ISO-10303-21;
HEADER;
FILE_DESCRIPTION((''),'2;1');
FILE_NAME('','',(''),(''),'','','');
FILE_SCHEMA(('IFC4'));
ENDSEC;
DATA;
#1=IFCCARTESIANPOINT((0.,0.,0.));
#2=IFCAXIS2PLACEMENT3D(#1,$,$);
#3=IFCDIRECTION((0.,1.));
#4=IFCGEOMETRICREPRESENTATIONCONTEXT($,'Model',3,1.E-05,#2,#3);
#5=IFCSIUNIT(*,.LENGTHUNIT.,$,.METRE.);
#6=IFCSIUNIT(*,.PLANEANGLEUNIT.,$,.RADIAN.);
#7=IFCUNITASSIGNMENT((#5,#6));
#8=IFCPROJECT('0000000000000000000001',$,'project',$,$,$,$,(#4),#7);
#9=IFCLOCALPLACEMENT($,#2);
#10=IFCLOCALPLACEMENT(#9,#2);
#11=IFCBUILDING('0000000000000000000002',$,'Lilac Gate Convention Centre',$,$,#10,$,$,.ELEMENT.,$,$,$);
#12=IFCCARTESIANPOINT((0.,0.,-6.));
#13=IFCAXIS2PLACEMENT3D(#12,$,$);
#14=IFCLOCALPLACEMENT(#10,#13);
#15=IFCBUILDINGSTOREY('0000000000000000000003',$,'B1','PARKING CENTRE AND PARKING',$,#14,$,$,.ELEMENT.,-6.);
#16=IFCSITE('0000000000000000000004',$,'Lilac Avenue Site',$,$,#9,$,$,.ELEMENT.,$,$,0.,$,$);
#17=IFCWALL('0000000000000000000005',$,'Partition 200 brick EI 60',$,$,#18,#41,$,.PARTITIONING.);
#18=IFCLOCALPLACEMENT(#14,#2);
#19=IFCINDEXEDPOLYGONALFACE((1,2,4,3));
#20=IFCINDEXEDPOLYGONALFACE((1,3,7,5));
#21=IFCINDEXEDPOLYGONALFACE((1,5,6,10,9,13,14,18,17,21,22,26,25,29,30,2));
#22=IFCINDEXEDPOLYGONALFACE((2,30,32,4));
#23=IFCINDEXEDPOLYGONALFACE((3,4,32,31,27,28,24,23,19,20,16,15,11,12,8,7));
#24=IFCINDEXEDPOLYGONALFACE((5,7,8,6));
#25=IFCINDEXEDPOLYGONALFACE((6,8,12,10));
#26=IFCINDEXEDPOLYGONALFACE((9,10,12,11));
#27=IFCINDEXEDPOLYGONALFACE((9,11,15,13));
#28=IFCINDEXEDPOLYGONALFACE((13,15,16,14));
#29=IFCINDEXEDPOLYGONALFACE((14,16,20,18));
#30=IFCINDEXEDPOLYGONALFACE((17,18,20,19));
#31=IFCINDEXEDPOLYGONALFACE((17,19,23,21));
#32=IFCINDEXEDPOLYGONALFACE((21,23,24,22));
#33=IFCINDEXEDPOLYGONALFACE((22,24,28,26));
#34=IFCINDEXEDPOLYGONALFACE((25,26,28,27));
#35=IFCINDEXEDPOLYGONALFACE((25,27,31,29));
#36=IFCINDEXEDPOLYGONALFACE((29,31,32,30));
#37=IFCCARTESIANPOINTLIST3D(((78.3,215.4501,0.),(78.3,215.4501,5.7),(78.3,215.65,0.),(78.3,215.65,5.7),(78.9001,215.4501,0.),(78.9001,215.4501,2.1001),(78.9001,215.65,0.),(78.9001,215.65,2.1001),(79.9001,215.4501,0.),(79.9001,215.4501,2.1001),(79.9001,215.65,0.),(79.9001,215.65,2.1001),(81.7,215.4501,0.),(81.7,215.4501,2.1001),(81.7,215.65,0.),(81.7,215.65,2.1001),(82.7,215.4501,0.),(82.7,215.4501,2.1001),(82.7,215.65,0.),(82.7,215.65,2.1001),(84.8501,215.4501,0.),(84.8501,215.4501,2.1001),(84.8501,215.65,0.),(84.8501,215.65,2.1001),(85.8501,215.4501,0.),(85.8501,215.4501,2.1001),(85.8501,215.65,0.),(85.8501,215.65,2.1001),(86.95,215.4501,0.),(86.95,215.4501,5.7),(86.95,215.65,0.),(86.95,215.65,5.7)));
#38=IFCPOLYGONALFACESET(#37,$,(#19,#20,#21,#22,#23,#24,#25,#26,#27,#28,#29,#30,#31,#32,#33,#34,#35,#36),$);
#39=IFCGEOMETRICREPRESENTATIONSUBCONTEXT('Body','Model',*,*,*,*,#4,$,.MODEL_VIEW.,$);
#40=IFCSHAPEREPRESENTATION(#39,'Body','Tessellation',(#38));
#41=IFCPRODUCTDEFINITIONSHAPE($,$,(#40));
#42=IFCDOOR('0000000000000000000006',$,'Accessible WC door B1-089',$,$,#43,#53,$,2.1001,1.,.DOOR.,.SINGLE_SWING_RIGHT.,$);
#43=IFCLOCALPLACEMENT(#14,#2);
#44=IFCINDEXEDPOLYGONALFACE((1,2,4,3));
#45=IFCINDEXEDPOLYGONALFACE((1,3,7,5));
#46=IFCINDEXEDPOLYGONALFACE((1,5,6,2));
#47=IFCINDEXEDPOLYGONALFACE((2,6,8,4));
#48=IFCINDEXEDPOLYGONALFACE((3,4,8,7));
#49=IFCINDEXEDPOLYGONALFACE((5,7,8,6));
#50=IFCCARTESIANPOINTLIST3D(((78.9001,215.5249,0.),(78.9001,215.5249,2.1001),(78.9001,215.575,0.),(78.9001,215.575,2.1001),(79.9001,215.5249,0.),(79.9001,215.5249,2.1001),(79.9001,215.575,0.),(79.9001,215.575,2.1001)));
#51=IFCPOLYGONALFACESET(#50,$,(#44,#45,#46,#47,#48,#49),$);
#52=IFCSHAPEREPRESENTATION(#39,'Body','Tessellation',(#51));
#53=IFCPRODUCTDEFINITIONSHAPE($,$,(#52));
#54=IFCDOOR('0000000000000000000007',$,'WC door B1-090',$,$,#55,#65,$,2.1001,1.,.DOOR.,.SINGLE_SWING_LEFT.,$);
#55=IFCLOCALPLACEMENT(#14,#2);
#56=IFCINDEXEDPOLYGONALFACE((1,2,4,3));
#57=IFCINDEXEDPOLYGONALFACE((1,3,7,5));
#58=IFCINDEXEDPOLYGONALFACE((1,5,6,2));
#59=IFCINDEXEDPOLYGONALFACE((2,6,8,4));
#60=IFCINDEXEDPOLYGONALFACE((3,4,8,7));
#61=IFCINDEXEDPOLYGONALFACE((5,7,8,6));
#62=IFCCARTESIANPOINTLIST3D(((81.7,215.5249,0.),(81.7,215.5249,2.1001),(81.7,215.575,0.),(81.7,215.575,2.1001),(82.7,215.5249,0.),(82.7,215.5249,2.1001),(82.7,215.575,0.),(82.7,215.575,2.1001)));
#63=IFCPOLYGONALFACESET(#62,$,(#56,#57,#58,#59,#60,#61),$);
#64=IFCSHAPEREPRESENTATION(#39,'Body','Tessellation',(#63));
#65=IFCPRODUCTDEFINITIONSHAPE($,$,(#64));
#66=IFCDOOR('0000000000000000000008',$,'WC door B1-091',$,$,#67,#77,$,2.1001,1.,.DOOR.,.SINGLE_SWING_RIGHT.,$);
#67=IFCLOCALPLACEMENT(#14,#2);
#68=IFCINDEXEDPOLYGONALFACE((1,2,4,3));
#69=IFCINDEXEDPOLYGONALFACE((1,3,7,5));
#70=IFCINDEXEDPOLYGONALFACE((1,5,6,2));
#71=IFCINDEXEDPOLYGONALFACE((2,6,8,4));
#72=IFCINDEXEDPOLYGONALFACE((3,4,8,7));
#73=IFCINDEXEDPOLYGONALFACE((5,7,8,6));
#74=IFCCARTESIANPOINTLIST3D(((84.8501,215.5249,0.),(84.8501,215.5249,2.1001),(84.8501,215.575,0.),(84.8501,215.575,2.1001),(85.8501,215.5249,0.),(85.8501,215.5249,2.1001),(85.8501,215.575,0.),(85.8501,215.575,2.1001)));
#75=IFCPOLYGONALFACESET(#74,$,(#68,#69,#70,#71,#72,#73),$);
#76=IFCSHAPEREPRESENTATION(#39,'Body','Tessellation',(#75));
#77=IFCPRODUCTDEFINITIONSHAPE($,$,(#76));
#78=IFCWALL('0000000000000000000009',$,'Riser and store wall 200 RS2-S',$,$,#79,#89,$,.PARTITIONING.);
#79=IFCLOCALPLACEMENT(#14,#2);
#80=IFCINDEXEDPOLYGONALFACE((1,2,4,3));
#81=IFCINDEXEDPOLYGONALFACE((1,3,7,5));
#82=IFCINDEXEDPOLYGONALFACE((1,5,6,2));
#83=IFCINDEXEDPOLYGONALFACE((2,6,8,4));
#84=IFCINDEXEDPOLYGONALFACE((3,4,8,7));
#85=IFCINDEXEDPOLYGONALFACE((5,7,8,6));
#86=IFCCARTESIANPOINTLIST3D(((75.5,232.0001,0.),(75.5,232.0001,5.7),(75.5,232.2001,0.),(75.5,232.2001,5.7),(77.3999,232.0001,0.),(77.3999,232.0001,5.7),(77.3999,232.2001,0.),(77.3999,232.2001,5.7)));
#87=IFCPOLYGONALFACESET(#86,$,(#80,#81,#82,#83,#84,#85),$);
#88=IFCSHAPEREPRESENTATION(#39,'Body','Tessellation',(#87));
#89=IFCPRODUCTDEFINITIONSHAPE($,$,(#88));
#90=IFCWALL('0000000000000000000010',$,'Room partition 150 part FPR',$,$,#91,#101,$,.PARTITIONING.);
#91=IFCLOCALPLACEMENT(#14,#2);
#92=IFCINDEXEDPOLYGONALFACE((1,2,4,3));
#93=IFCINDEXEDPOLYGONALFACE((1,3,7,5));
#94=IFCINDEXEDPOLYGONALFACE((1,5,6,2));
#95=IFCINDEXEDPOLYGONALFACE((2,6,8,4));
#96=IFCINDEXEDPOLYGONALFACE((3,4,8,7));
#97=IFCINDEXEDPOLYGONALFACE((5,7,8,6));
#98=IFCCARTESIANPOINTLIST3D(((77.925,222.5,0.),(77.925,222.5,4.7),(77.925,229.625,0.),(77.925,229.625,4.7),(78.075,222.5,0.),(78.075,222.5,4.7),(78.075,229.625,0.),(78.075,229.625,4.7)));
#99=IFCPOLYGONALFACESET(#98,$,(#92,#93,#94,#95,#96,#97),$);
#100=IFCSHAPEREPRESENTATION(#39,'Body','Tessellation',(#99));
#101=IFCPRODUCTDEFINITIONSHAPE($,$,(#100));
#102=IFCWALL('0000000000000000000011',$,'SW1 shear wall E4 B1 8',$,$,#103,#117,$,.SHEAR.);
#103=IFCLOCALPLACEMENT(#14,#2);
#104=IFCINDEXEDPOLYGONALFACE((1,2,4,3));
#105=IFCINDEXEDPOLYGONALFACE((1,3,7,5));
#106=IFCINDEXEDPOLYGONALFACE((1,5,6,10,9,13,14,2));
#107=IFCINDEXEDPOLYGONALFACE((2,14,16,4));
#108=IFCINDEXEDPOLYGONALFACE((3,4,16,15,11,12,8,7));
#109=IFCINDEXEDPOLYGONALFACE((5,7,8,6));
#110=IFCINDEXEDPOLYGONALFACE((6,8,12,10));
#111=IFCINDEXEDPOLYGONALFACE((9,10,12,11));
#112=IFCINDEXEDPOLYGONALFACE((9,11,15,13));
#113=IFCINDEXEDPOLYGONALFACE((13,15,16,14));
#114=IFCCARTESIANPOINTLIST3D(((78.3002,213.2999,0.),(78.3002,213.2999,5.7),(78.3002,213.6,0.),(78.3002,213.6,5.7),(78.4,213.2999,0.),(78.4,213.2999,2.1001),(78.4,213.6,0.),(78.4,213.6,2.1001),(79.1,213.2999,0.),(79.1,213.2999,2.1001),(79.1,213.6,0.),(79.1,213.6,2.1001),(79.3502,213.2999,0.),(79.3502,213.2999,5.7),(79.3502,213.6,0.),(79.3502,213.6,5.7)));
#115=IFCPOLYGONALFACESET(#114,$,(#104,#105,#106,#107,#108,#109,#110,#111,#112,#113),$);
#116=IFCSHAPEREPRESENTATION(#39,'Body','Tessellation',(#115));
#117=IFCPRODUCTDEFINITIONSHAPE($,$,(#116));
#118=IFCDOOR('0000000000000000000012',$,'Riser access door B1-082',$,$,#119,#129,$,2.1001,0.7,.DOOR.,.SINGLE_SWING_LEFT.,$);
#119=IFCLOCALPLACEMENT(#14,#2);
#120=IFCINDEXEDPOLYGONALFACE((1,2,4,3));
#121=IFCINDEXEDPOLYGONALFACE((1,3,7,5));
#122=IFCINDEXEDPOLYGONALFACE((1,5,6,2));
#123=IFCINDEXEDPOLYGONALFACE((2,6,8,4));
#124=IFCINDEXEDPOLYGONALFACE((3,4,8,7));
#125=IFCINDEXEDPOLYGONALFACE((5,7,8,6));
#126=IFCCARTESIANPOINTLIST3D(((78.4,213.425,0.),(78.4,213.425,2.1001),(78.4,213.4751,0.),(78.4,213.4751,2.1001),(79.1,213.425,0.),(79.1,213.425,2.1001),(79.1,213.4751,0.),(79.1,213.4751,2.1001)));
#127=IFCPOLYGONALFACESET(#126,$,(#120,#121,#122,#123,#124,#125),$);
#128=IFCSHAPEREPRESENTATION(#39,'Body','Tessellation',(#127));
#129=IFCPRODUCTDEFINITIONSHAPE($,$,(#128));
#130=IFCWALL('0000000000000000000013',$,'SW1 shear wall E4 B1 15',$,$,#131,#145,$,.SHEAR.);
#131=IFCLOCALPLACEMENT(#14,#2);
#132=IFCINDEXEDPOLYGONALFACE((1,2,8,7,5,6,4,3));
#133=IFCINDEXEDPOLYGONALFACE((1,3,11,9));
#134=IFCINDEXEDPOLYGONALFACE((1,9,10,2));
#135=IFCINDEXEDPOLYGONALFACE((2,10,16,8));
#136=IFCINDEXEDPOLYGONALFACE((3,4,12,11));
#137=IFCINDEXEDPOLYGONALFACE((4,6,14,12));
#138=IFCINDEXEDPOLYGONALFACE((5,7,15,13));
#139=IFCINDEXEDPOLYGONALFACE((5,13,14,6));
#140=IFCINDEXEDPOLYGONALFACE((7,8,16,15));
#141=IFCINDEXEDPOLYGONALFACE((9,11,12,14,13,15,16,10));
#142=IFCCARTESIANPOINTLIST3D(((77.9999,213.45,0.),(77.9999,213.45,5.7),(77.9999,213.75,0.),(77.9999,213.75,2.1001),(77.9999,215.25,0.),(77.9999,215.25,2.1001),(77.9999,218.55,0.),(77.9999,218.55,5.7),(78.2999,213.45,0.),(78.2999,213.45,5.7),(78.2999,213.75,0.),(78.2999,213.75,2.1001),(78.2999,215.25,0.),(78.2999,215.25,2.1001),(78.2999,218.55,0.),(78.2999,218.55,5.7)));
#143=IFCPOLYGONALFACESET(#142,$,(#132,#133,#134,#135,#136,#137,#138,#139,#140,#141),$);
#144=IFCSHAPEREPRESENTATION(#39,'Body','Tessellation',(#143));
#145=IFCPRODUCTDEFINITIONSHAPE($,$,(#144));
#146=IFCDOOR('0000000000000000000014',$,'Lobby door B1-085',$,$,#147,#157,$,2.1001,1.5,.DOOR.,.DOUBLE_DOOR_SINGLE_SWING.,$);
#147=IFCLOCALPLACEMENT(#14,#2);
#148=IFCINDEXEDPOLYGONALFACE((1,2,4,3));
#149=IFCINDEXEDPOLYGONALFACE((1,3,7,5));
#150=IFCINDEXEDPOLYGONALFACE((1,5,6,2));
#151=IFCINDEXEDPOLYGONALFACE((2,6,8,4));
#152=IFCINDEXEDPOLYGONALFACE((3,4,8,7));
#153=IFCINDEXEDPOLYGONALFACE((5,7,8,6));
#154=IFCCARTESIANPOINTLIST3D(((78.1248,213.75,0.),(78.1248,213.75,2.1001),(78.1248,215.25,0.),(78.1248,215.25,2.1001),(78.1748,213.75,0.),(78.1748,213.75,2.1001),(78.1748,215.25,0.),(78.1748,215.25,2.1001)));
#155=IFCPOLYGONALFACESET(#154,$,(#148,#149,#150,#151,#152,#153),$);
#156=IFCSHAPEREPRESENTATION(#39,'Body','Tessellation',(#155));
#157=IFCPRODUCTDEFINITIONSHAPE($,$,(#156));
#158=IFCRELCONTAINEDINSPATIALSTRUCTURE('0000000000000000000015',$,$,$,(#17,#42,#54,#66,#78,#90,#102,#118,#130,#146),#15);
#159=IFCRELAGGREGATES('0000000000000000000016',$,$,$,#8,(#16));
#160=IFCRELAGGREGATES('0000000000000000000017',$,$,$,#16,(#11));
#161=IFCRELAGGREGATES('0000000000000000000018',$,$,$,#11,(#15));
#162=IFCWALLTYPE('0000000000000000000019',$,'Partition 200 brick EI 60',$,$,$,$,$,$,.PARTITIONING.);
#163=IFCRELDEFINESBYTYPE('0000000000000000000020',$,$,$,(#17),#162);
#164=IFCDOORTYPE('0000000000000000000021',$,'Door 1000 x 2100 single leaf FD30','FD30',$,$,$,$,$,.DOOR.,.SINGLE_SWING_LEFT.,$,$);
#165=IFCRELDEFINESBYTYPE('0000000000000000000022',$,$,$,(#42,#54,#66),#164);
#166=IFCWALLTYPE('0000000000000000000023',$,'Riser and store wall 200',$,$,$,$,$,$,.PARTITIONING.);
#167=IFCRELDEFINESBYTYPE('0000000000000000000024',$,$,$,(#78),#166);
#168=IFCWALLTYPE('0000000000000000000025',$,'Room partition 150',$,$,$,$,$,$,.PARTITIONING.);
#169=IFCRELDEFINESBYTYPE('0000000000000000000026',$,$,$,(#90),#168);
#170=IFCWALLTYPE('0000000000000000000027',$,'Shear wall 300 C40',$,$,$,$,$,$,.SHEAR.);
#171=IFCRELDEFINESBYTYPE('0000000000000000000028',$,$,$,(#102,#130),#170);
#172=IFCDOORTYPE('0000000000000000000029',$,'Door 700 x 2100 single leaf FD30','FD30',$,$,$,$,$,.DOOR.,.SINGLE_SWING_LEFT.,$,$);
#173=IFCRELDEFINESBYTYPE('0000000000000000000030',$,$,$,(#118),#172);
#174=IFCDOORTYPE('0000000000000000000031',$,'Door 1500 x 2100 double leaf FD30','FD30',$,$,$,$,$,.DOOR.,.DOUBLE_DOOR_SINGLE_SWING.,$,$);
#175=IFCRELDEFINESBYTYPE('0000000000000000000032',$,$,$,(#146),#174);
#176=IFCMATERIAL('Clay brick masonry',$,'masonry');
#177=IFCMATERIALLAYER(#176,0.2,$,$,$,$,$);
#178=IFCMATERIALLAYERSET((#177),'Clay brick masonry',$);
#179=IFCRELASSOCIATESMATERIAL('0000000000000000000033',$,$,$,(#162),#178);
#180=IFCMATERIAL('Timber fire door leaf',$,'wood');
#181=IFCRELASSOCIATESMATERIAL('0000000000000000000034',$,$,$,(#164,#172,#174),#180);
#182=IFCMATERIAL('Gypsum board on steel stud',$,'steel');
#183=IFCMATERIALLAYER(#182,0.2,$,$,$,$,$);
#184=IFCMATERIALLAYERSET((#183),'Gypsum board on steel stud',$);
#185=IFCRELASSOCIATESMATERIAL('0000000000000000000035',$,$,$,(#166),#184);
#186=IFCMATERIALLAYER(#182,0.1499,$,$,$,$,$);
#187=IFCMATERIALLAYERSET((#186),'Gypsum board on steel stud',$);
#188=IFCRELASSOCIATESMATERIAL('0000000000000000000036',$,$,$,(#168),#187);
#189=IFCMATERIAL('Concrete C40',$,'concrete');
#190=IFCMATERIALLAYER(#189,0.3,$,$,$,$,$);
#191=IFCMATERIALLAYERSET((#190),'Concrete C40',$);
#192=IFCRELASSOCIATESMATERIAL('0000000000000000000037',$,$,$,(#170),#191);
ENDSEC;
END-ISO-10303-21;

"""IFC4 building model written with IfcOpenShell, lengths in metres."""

from ifc_helpers import new_model, si_unit, direction, frame, frame_2d, origin, place, context, subcontext, project, spatial, rectangle, extrude, material, layer, layer_set, type_object, element, fill, save


model = new_model("IFC4")

# Units and contexts
model_context = context("Model", 3, precision=1e-05, world=origin(), true_north=direction((0.0, 1.0)))
body_context = subcontext(model_context, "Body", "Model", "MODEL_VIEW")
ifc_project = project(units=[si_unit("LENGTHUNIT", "METRE"), si_unit("PLANEANGLEUNIT", "RADIAN")], contexts=[model_context])

# Site, building, storey
site_placement = place(None, origin())
site = spatial("IfcSite", under=ifc_project, at=site_placement, Name="Lilac Avenue Site", CompositionType="ELEMENT", RefElevation=0.0)
building_placement = place(site_placement, origin())
building = spatial("IfcBuilding", under=site, at=building_placement, Name="Lilac Gate Convention Centre", CompositionType="ELEMENT")
storey_placement = place(building_placement, frame((0.0, 0.0, -6.0)))
storey = spatial("IfcBuildingStorey", under=building, at=storey_placement, Name="B1", Description="PARKING CENTRE AND PARKING", CompositionType="ELEMENT", Elevation=-6.0)

# Shared definitions
ifc_material_1 = material(Name="Gypsum board on steel stud", Category="steel")

# Wall, openings, doors
ifc_material_2 = material(Name="Clay brick masonry", Category="masonry")
ifc_layer_1 = layer(ifc_material_2, 0.2)
ifc_layer_set_1 = layer_set([ifc_layer_1], Name="Clay brick masonry")
wall_type_1 = type_object("IfcWallType", Name="Partition 200 brick EI 60", PredefinedType="PARTITIONING", material=ifc_layer_set_1)
wall_1_placement = place(storey_placement, frame((78.3, 215.55, 0.0), z_axis=(0.0, 0.0, 1.0), x_axis=(1.0, 0.0, 0.0)))
wall_1 = element("IfcWall", 1, at=wall_1_placement, inside=storey, type_object=wall_type_1, Name="Partition 200 brick EI 60", PredefinedType="PARTITIONING", context=body_context, shape_type="SweptSolid", body=[
    extrude(rectangle(XDim=8.6499, YDim=0.2, at=frame_2d((4.325, 0.0))), origin(), (0.0, 0.0, 1.0), 5.7),
])
opening_1_placement = place(wall_1_placement, frame((0.6001, 0.0, 0.0)))
opening_1 = element("IfcOpeningElement", 2, at=opening_1_placement, cuts=wall_1, PredefinedType="OPENING", context=body_context, shape_type="SweptSolid", body=[
    extrude(rectangle(XDim=1.0, YDim=2.1001, at=frame_2d((0.5, 1.05))), frame((0.0, 0.1099, 0.0), z_axis=(0.0, -1.0, 0.0), x_axis=(1.0, 0.0, 0.0)), (0.0, 0.0, 1.0), 0.22),
])
opening_2_placement = place(wall_1_placement, frame((3.3999, 0.0, 0.0)))
opening_2 = element("IfcOpeningElement", 3, at=opening_2_placement, cuts=wall_1, PredefinedType="OPENING", context=body_context, shape_type="SweptSolid", body=[
    extrude(rectangle(XDim=1.0, YDim=2.1001, at=frame_2d((0.5, 1.05))), frame((0.0, 0.1099, 0.0), z_axis=(0.0, -1.0, 0.0), x_axis=(1.0, 0.0, 0.0)), (0.0, 0.0, 1.0), 0.22),
])
opening_3_placement = place(wall_1_placement, frame((6.55, 0.0, 0.0)))
opening_3 = element("IfcOpeningElement", 4, at=opening_3_placement, cuts=wall_1, PredefinedType="OPENING", context=body_context, shape_type="SweptSolid", body=[
    extrude(rectangle(XDim=1.0, YDim=2.1001, at=frame_2d((0.5, 1.05))), frame((0.0, 0.1099, 0.0), z_axis=(0.0, -1.0, 0.0), x_axis=(1.0, 0.0, 0.0)), (0.0, 0.0, 1.0), 0.22),
])
ifc_material_3 = material(Name="Timber fire door leaf", Category="wood")
door_type_1 = type_object("IfcDoorType", Name="Door 1000 x 2100 single leaf FD30", Description="FD30", OperationType="SINGLE_SWING_LEFT", PredefinedType="DOOR", material=ifc_material_3)
door_1_placement = place(opening_1_placement, origin())
door_1 = element("IfcDoor", 5, at=door_1_placement, inside=storey, type_object=door_type_1, Name="Accessible WC door B1-089", OperationType="SINGLE_SWING_RIGHT", OverallHeight=2.1001, OverallWidth=1.0, PredefinedType="DOOR", context=body_context, shape_type="SweptSolid", body=[
    extrude(rectangle(XDim=1.0, YDim=2.1001, at=frame_2d((0.5, 1.05))), frame((0.0, 0.0249, 0.0), z_axis=(0.0, -1.0, 0.0), x_axis=(1.0, 0.0, 0.0)), (0.0, 0.0, 1.0), 0.05),
])
fill(opening_1, door_1)
door_2_placement = place(opening_2_placement, origin())
door_2 = element("IfcDoor", 6, at=door_2_placement, inside=storey, type_object=door_type_1, Name="WC door B1-090", OperationType="SINGLE_SWING_LEFT", OverallHeight=2.1001, OverallWidth=1.0, PredefinedType="DOOR", context=body_context, shape_type="SweptSolid", body=[
    extrude(rectangle(XDim=1.0, YDim=2.1001, at=frame_2d((0.5, 1.05))), frame((0.0, 0.0249, 0.0), z_axis=(0.0, -1.0, 0.0), x_axis=(1.0, 0.0, 0.0)), (0.0, 0.0, 1.0), 0.05),
])
fill(opening_2, door_2)
door_3_placement = place(opening_3_placement, origin())
door_3 = element("IfcDoor", 7, at=door_3_placement, inside=storey, type_object=door_type_1, Name="WC door B1-091", OperationType="SINGLE_SWING_RIGHT", OverallHeight=2.1001, OverallWidth=1.0, PredefinedType="DOOR", context=body_context, shape_type="SweptSolid", body=[
    extrude(rectangle(XDim=1.0, YDim=2.1001, at=frame_2d((0.5, 1.05))), frame((0.0, 0.0249, 0.0), z_axis=(0.0, -1.0, 0.0), x_axis=(1.0, 0.0, 0.0)), (0.0, 0.0, 1.0), 0.05),
])
fill(opening_3, door_3)

# Walls
ifc_layer_2 = layer(ifc_material_1, 0.2)
ifc_layer_set_2 = layer_set([ifc_layer_2], Name="Gypsum board on steel stud")
wall_type_2 = type_object("IfcWallType", Name="Riser and store wall 200", PredefinedType="PARTITIONING", material=ifc_layer_set_2)
wall_2_placement = place(storey_placement, frame((75.5, 232.1001, 0.0), z_axis=(0.0, 0.0, 1.0), x_axis=(1.0, 0.0, 0.0)))
element("IfcWall", 8, at=wall_2_placement, inside=storey, type_object=wall_type_2, Name="Riser and store wall 200 RS2-S", PredefinedType="PARTITIONING", context=body_context, shape_type="SweptSolid", body=[
    extrude(rectangle(XDim=1.8999, YDim=0.2, at=frame_2d((0.95, 0.0))), origin(), (0.0, 0.0, 1.0), 5.7),
])
ifc_layer_3 = layer(ifc_material_1, 0.1499)
ifc_layer_set_3 = layer_set([ifc_layer_3], Name="Gypsum board on steel stud")
wall_type_3 = type_object("IfcWallType", Name="Room partition 150", PredefinedType="PARTITIONING", material=ifc_layer_set_3)
wall_3_placement = place(storey_placement, frame((78.0, 222.5, 0.0), z_axis=(0.0, 0.0, 1.0), x_axis=(0.0, 1.0, 0.0)))
element("IfcWall", 9, at=wall_3_placement, inside=storey, type_object=wall_type_3, Name="Room partition 150 part FPR", PredefinedType="PARTITIONING", context=body_context, shape_type="SweptSolid", body=[
    extrude(rectangle(XDim=7.125, YDim=0.1499, at=frame_2d((3.5625, 0.0))), origin(), (0.0, 0.0, 1.0), 4.7),
])

# Walls, openings, doors
ifc_material_4 = material(Name="Concrete C40", Category="concrete")
ifc_layer_4 = layer(ifc_material_4, 0.3)
ifc_layer_set_4 = layer_set([ifc_layer_4], Name="Concrete C40")
wall_type_4 = type_object("IfcWallType", Name="Shear wall 300 C40", PredefinedType="SHEAR", material=ifc_layer_set_4)
wall_4_placement = place(storey_placement, frame((79.3501, 213.45, 0.0), z_axis=(0.0, 0.0, 1.0), x_axis=(-1.0, 0.0, 0.0)))
wall_4 = element("IfcWall", 10, at=wall_4_placement, inside=storey, type_object=wall_type_4, Name="SW1 shear wall E4 B1 8", PredefinedType="SHEAR", context=body_context, shape_type="SweptSolid", body=[
    extrude(rectangle(XDim=1.05, YDim=0.3, at=frame_2d((0.5249, 0.0))), origin(), (0.0, 0.0, 1.0), 5.7),
])
opening_4_placement = place(wall_4_placement, frame((0.25, 0.0, 0.0)))
opening_4 = element("IfcOpeningElement", 11, at=opening_4_placement, cuts=wall_4, PredefinedType="OPENING", context=body_context, shape_type="SweptSolid", body=[
    extrude(rectangle(XDim=0.7, YDim=2.1001, at=frame_2d((0.3501, 1.05))), frame((0.0, 0.1599, 0.0), z_axis=(0.0, -1.0, 0.0), x_axis=(1.0, 0.0, 0.0)), (0.0, 0.0, 1.0), 0.3201),
])
door_type_2 = type_object("IfcDoorType", Name="Door 700 x 2100 single leaf FD30", Description="FD30", OperationType="SINGLE_SWING_LEFT", PredefinedType="DOOR", material=ifc_material_3)
door_4_placement = place(opening_4_placement, origin())
door_4 = element("IfcDoor", 12, at=door_4_placement, inside=storey, type_object=door_type_2, Name="Riser access door B1-082", OperationType="SINGLE_SWING_LEFT", OverallHeight=2.1001, OverallWidth=0.7, PredefinedType="DOOR", context=body_context, shape_type="SweptSolid", body=[
    extrude(rectangle(XDim=0.7, YDim=2.1001, at=frame_2d((0.3501, 1.05))), frame((0.0, 0.0249, 0.0), z_axis=(0.0, -1.0, 0.0), x_axis=(1.0, 0.0, 0.0)), (0.0, 0.0, 1.0), 0.05),
])
fill(opening_4, door_4)
wall_5_placement = place(storey_placement, frame((78.1499, 213.45, 0.0), z_axis=(0.0, 0.0, 1.0), x_axis=(0.0, 1.0, 0.0)))
wall_5 = element("IfcWall", 13, at=wall_5_placement, inside=storey, type_object=wall_type_4, Name="SW1 shear wall E4 B1 15", PredefinedType="SHEAR", context=body_context, shape_type="SweptSolid", body=[
    extrude(rectangle(XDim=5.1001, YDim=0.3, at=frame_2d((2.55, 0.0))), origin(), (0.0, 0.0, 1.0), 5.7),
])
opening_5_placement = place(wall_5_placement, frame((0.3, 0.0, 0.0)))
opening_5 = element("IfcOpeningElement", 14, at=opening_5_placement, cuts=wall_5, PredefinedType="OPENING", context=body_context, shape_type="SweptSolid", body=[
    extrude(rectangle(XDim=1.5, YDim=2.1001, at=frame_2d((0.75, 1.05))), frame((0.0, 0.1599, 0.0), z_axis=(0.0, -1.0, 0.0), x_axis=(1.0, 0.0, 0.0)), (0.0, 0.0, 1.0), 0.3201),
])
door_type_3 = type_object("IfcDoorType", Name="Door 1500 x 2100 double leaf FD30", Description="FD30", OperationType="DOUBLE_DOOR_SINGLE_SWING", PredefinedType="DOOR", material=ifc_material_3)
door_5_placement = place(opening_5_placement, frame((1.5, 0.0, 0.0), z_axis=(0.0, 0.0, 1.0), x_axis=(-1.0, 0.0, 0.0)))
door_5 = element("IfcDoor", 15, at=door_5_placement, inside=storey, type_object=door_type_3, Name="Lobby door B1-085", OperationType="DOUBLE_DOOR_SINGLE_SWING", OverallHeight=2.1001, OverallWidth=1.5, PredefinedType="DOOR", context=body_context, shape_type="SweptSolid", body=[
    extrude(rectangle(XDim=1.5, YDim=2.1001, at=frame_2d((0.75, 1.05))), frame((0.0, 0.0249, 0.0), z_axis=(0.0, -1.0, 0.0), x_axis=(1.0, 0.0, 0.0)), (0.0, 0.0, 1.0), 0.05),
])
fill(opening_5, door_5)

save(model, "model.ifc")
